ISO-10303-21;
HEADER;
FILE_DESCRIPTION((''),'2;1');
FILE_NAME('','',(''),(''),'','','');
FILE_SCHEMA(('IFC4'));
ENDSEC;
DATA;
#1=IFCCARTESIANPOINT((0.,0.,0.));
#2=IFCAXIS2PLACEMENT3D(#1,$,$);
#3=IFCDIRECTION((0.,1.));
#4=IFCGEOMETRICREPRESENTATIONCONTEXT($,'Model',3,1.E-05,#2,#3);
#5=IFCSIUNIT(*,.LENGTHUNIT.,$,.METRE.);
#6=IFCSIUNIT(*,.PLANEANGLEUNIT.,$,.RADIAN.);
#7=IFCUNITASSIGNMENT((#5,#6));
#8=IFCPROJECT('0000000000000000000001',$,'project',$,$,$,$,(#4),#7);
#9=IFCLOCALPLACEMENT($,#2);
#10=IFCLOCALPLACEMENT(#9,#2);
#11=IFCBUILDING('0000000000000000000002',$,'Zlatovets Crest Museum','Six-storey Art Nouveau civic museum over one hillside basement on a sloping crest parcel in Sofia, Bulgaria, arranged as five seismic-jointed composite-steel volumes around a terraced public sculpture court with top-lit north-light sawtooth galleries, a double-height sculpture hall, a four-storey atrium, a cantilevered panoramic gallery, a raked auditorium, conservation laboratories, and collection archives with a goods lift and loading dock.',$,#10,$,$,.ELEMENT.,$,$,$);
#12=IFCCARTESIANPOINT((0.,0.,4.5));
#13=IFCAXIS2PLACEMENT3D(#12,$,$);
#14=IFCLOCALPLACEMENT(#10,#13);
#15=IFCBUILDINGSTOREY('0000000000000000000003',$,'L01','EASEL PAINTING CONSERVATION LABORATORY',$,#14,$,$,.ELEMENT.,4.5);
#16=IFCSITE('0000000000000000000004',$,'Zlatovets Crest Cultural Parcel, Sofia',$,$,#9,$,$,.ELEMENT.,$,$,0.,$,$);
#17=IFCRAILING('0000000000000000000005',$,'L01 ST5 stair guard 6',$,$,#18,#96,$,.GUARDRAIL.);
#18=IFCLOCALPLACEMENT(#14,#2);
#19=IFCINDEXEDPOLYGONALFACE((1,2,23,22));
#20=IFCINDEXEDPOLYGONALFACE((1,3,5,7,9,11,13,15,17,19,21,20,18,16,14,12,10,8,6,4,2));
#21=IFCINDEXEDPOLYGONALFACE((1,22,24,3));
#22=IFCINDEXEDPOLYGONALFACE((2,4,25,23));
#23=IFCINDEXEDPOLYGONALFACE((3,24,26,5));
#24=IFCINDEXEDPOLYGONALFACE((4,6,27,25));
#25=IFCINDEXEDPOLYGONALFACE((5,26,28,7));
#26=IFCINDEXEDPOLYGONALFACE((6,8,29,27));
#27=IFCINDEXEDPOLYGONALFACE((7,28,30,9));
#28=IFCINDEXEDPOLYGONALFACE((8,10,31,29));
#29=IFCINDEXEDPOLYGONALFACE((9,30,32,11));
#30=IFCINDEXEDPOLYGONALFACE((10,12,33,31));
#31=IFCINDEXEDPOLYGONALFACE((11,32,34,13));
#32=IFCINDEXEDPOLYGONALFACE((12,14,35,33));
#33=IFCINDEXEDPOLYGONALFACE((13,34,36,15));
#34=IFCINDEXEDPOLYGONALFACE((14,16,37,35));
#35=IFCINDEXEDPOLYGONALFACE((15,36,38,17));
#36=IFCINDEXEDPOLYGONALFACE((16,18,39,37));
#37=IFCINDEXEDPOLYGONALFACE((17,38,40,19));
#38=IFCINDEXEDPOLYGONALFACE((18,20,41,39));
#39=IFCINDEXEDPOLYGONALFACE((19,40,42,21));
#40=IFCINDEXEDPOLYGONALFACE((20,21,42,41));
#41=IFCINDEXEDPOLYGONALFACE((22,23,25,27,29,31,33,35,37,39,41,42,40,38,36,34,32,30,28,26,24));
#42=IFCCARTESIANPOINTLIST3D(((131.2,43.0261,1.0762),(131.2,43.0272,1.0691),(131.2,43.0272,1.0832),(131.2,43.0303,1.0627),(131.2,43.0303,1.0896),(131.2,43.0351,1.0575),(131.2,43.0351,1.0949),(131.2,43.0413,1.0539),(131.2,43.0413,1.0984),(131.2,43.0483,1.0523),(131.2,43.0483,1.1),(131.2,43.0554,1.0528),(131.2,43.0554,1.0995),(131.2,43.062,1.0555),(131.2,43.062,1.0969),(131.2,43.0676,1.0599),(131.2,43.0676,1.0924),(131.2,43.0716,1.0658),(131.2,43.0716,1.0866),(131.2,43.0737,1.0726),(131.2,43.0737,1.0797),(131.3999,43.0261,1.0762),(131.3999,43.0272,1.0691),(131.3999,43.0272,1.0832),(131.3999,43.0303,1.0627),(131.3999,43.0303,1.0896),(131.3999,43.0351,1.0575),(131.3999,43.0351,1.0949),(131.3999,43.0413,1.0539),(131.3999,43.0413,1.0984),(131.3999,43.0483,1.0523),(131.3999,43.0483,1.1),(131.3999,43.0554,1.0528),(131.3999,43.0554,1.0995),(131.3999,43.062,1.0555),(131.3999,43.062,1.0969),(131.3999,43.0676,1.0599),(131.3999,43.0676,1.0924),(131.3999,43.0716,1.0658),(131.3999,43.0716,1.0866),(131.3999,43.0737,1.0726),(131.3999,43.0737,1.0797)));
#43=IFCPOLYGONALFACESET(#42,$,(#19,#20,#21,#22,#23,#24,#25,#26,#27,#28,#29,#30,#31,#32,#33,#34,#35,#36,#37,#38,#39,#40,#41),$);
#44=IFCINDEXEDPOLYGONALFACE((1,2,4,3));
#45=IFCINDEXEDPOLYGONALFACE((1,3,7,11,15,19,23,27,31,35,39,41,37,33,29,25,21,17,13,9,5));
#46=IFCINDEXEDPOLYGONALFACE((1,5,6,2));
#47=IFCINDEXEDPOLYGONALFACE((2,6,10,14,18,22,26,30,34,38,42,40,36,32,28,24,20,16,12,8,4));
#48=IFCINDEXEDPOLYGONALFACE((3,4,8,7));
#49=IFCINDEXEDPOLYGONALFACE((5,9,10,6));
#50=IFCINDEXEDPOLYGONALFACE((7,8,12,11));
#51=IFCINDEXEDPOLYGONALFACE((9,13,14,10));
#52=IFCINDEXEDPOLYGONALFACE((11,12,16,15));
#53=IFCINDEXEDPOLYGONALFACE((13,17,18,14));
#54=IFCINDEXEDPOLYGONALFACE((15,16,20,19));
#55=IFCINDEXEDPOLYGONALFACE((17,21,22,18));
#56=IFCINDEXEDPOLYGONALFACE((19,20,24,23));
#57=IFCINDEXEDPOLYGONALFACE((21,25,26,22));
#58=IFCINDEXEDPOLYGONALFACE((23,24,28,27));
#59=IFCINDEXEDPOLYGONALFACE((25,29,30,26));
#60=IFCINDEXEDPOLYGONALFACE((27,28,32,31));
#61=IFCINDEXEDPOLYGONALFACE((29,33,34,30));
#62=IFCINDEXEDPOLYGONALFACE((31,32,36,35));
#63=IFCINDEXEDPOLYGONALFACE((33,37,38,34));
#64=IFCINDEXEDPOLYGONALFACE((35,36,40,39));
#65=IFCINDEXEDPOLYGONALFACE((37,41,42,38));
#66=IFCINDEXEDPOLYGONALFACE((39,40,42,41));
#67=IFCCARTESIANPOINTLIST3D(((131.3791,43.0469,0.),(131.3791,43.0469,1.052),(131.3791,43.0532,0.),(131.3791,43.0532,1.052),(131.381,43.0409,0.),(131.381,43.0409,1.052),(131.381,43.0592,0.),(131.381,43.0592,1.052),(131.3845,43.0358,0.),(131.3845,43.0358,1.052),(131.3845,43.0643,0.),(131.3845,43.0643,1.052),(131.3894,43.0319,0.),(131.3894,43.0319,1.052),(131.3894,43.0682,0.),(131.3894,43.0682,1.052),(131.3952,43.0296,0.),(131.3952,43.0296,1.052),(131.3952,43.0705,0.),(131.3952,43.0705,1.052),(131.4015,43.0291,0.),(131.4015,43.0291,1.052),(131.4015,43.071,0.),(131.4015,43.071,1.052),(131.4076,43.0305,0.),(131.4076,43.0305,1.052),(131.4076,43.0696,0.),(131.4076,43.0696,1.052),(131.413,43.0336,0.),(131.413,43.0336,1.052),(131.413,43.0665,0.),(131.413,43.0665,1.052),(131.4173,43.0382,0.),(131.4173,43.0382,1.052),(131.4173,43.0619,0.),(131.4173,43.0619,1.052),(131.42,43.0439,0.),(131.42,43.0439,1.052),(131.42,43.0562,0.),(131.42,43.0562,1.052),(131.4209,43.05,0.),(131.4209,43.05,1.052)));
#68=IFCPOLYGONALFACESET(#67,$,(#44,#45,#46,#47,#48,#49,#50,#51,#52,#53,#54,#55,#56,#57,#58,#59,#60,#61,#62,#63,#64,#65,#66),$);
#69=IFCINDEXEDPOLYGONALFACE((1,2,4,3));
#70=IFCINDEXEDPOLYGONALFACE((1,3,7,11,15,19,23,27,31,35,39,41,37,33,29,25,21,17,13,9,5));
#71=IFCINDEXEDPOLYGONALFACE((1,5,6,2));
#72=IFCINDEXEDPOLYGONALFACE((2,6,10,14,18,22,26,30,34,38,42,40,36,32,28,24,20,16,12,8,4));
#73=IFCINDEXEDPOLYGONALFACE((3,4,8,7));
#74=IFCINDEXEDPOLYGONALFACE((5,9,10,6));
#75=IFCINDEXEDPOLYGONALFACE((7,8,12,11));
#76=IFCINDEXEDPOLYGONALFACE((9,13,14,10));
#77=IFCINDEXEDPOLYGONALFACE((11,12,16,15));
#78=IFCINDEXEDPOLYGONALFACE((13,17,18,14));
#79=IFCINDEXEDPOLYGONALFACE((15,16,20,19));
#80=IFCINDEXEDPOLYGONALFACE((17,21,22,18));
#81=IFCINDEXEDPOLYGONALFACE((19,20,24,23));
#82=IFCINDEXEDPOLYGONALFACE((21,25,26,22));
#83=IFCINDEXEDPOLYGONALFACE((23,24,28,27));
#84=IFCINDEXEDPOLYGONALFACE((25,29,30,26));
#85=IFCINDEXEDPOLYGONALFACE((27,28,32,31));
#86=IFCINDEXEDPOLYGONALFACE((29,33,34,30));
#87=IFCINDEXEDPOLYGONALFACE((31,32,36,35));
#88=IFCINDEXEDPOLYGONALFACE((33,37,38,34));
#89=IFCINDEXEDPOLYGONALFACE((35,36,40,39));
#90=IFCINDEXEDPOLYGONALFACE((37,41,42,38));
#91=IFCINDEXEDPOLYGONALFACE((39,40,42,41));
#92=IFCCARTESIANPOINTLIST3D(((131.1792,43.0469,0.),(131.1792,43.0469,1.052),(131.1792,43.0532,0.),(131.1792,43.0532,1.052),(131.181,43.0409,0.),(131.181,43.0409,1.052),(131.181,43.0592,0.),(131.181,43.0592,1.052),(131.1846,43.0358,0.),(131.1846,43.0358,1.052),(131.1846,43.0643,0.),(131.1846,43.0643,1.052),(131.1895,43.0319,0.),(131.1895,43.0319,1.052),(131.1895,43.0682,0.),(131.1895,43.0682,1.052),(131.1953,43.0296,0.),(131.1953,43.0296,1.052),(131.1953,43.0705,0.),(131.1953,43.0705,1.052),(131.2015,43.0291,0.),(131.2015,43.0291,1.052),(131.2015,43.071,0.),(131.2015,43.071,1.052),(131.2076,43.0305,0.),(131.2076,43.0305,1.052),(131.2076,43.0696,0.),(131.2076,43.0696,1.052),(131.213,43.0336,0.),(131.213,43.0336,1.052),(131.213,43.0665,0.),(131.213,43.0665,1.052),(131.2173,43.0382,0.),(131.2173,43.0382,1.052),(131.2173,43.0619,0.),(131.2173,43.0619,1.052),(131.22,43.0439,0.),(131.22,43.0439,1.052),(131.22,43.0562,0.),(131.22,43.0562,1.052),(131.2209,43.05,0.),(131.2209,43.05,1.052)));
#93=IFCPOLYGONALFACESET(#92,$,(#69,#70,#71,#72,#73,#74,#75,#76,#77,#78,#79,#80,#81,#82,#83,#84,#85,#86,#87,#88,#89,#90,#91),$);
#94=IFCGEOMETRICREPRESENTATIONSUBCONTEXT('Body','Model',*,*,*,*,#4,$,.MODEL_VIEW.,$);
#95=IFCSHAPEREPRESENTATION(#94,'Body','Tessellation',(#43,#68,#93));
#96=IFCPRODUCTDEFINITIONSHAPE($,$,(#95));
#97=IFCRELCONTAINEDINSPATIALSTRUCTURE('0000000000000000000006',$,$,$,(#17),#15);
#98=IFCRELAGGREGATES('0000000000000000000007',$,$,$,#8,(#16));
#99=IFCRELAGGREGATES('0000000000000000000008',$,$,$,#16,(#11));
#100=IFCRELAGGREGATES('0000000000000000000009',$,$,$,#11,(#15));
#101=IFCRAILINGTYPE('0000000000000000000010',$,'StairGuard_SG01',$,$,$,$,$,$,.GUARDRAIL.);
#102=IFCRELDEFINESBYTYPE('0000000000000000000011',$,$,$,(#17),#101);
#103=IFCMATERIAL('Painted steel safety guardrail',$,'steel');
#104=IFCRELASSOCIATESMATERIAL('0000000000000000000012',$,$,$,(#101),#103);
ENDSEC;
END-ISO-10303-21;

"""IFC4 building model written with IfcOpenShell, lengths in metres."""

from ifc_helpers import new_model, si_unit, direction, frame, origin, origin_2d, place, context, subcontext, project, spatial, circle, extrude, material, type_object, element, save


model = new_model("IFC4")

# Units and contexts
model_context = context("Model", 3, precision=1e-05, world=origin(), true_north=direction((0.0, 1.0)))
body_context = subcontext(model_context, "Body", "Model", "MODEL_VIEW")
ifc_project = project(units=[si_unit("LENGTHUNIT", "METRE"), si_unit("PLANEANGLEUNIT", "RADIAN")], contexts=[model_context])

# Site, building, storey
site_placement = place(None, origin())
site = spatial("IfcSite", under=ifc_project, at=site_placement, Name="Zlatovets Crest Cultural Parcel, Sofia", CompositionType="ELEMENT", RefElevation=0.0)
building_placement = place(site_placement, origin())
building = spatial("IfcBuilding", under=site, at=building_placement, Name="Zlatovets Crest Museum", Description="Six-storey Art Nouveau civic museum over one hillside basement on a sloping crest parcel in Sofia, Bulgaria, arranged as five seismic-jointed composite-steel volumes around a terraced public sculpture court with top-lit north-light sawtooth galleries, a double-height sculpture hall, a four-storey atrium, a cantilevered panoramic gallery, a raked auditorium, conservation laboratories, and collection archives with a goods lift and loading dock.", CompositionType="ELEMENT")
storey_placement = place(building_placement, frame((0.0, 0.0, 4.5)))
storey = spatial("IfcBuildingStorey", under=building, at=storey_placement, Name="L01", Description="EASEL PAINTING CONSERVATION LABORATORY", CompositionType="ELEMENT", Elevation=4.5)

# Railing
ifc_material_1 = material(Name="Painted steel safety guardrail", Category="steel")
railing_type_1 = type_object("IfcRailingType", Name="StairGuard_SG01", PredefinedType="GUARDRAIL", material=ifc_material_1)
railing_1_placement = place(storey_placement, frame((131.3999, 43.05, 0.0)))
element("IfcRailing", 1, at=railing_1_placement, inside=storey, type_object=railing_type_1, Name="L01 ST5 stair guard 6", PredefinedType="GUARDRAIL", context=body_context, shape_type="SweptSolid", body=[
    extrude(circle(Radius=0.0239, at=origin_2d()), frame((0.0, 0.0, 1.0762), z_axis=(-1.0, 0.0, 0.0), x_axis=(0.0, -1.0, 0.0)), (0.0, 0.0, 1.0), 0.2),
    extrude(circle(Radius=0.021, at=origin_2d()), origin(), (0.0, 0.0, 1.0), 1.052),
    extrude(circle(Radius=0.021, at=origin_2d()), frame((-0.2, 0.0, 0.0)), (0.0, 0.0, 1.0), 1.052),
])

save(model, "model.ifc")
